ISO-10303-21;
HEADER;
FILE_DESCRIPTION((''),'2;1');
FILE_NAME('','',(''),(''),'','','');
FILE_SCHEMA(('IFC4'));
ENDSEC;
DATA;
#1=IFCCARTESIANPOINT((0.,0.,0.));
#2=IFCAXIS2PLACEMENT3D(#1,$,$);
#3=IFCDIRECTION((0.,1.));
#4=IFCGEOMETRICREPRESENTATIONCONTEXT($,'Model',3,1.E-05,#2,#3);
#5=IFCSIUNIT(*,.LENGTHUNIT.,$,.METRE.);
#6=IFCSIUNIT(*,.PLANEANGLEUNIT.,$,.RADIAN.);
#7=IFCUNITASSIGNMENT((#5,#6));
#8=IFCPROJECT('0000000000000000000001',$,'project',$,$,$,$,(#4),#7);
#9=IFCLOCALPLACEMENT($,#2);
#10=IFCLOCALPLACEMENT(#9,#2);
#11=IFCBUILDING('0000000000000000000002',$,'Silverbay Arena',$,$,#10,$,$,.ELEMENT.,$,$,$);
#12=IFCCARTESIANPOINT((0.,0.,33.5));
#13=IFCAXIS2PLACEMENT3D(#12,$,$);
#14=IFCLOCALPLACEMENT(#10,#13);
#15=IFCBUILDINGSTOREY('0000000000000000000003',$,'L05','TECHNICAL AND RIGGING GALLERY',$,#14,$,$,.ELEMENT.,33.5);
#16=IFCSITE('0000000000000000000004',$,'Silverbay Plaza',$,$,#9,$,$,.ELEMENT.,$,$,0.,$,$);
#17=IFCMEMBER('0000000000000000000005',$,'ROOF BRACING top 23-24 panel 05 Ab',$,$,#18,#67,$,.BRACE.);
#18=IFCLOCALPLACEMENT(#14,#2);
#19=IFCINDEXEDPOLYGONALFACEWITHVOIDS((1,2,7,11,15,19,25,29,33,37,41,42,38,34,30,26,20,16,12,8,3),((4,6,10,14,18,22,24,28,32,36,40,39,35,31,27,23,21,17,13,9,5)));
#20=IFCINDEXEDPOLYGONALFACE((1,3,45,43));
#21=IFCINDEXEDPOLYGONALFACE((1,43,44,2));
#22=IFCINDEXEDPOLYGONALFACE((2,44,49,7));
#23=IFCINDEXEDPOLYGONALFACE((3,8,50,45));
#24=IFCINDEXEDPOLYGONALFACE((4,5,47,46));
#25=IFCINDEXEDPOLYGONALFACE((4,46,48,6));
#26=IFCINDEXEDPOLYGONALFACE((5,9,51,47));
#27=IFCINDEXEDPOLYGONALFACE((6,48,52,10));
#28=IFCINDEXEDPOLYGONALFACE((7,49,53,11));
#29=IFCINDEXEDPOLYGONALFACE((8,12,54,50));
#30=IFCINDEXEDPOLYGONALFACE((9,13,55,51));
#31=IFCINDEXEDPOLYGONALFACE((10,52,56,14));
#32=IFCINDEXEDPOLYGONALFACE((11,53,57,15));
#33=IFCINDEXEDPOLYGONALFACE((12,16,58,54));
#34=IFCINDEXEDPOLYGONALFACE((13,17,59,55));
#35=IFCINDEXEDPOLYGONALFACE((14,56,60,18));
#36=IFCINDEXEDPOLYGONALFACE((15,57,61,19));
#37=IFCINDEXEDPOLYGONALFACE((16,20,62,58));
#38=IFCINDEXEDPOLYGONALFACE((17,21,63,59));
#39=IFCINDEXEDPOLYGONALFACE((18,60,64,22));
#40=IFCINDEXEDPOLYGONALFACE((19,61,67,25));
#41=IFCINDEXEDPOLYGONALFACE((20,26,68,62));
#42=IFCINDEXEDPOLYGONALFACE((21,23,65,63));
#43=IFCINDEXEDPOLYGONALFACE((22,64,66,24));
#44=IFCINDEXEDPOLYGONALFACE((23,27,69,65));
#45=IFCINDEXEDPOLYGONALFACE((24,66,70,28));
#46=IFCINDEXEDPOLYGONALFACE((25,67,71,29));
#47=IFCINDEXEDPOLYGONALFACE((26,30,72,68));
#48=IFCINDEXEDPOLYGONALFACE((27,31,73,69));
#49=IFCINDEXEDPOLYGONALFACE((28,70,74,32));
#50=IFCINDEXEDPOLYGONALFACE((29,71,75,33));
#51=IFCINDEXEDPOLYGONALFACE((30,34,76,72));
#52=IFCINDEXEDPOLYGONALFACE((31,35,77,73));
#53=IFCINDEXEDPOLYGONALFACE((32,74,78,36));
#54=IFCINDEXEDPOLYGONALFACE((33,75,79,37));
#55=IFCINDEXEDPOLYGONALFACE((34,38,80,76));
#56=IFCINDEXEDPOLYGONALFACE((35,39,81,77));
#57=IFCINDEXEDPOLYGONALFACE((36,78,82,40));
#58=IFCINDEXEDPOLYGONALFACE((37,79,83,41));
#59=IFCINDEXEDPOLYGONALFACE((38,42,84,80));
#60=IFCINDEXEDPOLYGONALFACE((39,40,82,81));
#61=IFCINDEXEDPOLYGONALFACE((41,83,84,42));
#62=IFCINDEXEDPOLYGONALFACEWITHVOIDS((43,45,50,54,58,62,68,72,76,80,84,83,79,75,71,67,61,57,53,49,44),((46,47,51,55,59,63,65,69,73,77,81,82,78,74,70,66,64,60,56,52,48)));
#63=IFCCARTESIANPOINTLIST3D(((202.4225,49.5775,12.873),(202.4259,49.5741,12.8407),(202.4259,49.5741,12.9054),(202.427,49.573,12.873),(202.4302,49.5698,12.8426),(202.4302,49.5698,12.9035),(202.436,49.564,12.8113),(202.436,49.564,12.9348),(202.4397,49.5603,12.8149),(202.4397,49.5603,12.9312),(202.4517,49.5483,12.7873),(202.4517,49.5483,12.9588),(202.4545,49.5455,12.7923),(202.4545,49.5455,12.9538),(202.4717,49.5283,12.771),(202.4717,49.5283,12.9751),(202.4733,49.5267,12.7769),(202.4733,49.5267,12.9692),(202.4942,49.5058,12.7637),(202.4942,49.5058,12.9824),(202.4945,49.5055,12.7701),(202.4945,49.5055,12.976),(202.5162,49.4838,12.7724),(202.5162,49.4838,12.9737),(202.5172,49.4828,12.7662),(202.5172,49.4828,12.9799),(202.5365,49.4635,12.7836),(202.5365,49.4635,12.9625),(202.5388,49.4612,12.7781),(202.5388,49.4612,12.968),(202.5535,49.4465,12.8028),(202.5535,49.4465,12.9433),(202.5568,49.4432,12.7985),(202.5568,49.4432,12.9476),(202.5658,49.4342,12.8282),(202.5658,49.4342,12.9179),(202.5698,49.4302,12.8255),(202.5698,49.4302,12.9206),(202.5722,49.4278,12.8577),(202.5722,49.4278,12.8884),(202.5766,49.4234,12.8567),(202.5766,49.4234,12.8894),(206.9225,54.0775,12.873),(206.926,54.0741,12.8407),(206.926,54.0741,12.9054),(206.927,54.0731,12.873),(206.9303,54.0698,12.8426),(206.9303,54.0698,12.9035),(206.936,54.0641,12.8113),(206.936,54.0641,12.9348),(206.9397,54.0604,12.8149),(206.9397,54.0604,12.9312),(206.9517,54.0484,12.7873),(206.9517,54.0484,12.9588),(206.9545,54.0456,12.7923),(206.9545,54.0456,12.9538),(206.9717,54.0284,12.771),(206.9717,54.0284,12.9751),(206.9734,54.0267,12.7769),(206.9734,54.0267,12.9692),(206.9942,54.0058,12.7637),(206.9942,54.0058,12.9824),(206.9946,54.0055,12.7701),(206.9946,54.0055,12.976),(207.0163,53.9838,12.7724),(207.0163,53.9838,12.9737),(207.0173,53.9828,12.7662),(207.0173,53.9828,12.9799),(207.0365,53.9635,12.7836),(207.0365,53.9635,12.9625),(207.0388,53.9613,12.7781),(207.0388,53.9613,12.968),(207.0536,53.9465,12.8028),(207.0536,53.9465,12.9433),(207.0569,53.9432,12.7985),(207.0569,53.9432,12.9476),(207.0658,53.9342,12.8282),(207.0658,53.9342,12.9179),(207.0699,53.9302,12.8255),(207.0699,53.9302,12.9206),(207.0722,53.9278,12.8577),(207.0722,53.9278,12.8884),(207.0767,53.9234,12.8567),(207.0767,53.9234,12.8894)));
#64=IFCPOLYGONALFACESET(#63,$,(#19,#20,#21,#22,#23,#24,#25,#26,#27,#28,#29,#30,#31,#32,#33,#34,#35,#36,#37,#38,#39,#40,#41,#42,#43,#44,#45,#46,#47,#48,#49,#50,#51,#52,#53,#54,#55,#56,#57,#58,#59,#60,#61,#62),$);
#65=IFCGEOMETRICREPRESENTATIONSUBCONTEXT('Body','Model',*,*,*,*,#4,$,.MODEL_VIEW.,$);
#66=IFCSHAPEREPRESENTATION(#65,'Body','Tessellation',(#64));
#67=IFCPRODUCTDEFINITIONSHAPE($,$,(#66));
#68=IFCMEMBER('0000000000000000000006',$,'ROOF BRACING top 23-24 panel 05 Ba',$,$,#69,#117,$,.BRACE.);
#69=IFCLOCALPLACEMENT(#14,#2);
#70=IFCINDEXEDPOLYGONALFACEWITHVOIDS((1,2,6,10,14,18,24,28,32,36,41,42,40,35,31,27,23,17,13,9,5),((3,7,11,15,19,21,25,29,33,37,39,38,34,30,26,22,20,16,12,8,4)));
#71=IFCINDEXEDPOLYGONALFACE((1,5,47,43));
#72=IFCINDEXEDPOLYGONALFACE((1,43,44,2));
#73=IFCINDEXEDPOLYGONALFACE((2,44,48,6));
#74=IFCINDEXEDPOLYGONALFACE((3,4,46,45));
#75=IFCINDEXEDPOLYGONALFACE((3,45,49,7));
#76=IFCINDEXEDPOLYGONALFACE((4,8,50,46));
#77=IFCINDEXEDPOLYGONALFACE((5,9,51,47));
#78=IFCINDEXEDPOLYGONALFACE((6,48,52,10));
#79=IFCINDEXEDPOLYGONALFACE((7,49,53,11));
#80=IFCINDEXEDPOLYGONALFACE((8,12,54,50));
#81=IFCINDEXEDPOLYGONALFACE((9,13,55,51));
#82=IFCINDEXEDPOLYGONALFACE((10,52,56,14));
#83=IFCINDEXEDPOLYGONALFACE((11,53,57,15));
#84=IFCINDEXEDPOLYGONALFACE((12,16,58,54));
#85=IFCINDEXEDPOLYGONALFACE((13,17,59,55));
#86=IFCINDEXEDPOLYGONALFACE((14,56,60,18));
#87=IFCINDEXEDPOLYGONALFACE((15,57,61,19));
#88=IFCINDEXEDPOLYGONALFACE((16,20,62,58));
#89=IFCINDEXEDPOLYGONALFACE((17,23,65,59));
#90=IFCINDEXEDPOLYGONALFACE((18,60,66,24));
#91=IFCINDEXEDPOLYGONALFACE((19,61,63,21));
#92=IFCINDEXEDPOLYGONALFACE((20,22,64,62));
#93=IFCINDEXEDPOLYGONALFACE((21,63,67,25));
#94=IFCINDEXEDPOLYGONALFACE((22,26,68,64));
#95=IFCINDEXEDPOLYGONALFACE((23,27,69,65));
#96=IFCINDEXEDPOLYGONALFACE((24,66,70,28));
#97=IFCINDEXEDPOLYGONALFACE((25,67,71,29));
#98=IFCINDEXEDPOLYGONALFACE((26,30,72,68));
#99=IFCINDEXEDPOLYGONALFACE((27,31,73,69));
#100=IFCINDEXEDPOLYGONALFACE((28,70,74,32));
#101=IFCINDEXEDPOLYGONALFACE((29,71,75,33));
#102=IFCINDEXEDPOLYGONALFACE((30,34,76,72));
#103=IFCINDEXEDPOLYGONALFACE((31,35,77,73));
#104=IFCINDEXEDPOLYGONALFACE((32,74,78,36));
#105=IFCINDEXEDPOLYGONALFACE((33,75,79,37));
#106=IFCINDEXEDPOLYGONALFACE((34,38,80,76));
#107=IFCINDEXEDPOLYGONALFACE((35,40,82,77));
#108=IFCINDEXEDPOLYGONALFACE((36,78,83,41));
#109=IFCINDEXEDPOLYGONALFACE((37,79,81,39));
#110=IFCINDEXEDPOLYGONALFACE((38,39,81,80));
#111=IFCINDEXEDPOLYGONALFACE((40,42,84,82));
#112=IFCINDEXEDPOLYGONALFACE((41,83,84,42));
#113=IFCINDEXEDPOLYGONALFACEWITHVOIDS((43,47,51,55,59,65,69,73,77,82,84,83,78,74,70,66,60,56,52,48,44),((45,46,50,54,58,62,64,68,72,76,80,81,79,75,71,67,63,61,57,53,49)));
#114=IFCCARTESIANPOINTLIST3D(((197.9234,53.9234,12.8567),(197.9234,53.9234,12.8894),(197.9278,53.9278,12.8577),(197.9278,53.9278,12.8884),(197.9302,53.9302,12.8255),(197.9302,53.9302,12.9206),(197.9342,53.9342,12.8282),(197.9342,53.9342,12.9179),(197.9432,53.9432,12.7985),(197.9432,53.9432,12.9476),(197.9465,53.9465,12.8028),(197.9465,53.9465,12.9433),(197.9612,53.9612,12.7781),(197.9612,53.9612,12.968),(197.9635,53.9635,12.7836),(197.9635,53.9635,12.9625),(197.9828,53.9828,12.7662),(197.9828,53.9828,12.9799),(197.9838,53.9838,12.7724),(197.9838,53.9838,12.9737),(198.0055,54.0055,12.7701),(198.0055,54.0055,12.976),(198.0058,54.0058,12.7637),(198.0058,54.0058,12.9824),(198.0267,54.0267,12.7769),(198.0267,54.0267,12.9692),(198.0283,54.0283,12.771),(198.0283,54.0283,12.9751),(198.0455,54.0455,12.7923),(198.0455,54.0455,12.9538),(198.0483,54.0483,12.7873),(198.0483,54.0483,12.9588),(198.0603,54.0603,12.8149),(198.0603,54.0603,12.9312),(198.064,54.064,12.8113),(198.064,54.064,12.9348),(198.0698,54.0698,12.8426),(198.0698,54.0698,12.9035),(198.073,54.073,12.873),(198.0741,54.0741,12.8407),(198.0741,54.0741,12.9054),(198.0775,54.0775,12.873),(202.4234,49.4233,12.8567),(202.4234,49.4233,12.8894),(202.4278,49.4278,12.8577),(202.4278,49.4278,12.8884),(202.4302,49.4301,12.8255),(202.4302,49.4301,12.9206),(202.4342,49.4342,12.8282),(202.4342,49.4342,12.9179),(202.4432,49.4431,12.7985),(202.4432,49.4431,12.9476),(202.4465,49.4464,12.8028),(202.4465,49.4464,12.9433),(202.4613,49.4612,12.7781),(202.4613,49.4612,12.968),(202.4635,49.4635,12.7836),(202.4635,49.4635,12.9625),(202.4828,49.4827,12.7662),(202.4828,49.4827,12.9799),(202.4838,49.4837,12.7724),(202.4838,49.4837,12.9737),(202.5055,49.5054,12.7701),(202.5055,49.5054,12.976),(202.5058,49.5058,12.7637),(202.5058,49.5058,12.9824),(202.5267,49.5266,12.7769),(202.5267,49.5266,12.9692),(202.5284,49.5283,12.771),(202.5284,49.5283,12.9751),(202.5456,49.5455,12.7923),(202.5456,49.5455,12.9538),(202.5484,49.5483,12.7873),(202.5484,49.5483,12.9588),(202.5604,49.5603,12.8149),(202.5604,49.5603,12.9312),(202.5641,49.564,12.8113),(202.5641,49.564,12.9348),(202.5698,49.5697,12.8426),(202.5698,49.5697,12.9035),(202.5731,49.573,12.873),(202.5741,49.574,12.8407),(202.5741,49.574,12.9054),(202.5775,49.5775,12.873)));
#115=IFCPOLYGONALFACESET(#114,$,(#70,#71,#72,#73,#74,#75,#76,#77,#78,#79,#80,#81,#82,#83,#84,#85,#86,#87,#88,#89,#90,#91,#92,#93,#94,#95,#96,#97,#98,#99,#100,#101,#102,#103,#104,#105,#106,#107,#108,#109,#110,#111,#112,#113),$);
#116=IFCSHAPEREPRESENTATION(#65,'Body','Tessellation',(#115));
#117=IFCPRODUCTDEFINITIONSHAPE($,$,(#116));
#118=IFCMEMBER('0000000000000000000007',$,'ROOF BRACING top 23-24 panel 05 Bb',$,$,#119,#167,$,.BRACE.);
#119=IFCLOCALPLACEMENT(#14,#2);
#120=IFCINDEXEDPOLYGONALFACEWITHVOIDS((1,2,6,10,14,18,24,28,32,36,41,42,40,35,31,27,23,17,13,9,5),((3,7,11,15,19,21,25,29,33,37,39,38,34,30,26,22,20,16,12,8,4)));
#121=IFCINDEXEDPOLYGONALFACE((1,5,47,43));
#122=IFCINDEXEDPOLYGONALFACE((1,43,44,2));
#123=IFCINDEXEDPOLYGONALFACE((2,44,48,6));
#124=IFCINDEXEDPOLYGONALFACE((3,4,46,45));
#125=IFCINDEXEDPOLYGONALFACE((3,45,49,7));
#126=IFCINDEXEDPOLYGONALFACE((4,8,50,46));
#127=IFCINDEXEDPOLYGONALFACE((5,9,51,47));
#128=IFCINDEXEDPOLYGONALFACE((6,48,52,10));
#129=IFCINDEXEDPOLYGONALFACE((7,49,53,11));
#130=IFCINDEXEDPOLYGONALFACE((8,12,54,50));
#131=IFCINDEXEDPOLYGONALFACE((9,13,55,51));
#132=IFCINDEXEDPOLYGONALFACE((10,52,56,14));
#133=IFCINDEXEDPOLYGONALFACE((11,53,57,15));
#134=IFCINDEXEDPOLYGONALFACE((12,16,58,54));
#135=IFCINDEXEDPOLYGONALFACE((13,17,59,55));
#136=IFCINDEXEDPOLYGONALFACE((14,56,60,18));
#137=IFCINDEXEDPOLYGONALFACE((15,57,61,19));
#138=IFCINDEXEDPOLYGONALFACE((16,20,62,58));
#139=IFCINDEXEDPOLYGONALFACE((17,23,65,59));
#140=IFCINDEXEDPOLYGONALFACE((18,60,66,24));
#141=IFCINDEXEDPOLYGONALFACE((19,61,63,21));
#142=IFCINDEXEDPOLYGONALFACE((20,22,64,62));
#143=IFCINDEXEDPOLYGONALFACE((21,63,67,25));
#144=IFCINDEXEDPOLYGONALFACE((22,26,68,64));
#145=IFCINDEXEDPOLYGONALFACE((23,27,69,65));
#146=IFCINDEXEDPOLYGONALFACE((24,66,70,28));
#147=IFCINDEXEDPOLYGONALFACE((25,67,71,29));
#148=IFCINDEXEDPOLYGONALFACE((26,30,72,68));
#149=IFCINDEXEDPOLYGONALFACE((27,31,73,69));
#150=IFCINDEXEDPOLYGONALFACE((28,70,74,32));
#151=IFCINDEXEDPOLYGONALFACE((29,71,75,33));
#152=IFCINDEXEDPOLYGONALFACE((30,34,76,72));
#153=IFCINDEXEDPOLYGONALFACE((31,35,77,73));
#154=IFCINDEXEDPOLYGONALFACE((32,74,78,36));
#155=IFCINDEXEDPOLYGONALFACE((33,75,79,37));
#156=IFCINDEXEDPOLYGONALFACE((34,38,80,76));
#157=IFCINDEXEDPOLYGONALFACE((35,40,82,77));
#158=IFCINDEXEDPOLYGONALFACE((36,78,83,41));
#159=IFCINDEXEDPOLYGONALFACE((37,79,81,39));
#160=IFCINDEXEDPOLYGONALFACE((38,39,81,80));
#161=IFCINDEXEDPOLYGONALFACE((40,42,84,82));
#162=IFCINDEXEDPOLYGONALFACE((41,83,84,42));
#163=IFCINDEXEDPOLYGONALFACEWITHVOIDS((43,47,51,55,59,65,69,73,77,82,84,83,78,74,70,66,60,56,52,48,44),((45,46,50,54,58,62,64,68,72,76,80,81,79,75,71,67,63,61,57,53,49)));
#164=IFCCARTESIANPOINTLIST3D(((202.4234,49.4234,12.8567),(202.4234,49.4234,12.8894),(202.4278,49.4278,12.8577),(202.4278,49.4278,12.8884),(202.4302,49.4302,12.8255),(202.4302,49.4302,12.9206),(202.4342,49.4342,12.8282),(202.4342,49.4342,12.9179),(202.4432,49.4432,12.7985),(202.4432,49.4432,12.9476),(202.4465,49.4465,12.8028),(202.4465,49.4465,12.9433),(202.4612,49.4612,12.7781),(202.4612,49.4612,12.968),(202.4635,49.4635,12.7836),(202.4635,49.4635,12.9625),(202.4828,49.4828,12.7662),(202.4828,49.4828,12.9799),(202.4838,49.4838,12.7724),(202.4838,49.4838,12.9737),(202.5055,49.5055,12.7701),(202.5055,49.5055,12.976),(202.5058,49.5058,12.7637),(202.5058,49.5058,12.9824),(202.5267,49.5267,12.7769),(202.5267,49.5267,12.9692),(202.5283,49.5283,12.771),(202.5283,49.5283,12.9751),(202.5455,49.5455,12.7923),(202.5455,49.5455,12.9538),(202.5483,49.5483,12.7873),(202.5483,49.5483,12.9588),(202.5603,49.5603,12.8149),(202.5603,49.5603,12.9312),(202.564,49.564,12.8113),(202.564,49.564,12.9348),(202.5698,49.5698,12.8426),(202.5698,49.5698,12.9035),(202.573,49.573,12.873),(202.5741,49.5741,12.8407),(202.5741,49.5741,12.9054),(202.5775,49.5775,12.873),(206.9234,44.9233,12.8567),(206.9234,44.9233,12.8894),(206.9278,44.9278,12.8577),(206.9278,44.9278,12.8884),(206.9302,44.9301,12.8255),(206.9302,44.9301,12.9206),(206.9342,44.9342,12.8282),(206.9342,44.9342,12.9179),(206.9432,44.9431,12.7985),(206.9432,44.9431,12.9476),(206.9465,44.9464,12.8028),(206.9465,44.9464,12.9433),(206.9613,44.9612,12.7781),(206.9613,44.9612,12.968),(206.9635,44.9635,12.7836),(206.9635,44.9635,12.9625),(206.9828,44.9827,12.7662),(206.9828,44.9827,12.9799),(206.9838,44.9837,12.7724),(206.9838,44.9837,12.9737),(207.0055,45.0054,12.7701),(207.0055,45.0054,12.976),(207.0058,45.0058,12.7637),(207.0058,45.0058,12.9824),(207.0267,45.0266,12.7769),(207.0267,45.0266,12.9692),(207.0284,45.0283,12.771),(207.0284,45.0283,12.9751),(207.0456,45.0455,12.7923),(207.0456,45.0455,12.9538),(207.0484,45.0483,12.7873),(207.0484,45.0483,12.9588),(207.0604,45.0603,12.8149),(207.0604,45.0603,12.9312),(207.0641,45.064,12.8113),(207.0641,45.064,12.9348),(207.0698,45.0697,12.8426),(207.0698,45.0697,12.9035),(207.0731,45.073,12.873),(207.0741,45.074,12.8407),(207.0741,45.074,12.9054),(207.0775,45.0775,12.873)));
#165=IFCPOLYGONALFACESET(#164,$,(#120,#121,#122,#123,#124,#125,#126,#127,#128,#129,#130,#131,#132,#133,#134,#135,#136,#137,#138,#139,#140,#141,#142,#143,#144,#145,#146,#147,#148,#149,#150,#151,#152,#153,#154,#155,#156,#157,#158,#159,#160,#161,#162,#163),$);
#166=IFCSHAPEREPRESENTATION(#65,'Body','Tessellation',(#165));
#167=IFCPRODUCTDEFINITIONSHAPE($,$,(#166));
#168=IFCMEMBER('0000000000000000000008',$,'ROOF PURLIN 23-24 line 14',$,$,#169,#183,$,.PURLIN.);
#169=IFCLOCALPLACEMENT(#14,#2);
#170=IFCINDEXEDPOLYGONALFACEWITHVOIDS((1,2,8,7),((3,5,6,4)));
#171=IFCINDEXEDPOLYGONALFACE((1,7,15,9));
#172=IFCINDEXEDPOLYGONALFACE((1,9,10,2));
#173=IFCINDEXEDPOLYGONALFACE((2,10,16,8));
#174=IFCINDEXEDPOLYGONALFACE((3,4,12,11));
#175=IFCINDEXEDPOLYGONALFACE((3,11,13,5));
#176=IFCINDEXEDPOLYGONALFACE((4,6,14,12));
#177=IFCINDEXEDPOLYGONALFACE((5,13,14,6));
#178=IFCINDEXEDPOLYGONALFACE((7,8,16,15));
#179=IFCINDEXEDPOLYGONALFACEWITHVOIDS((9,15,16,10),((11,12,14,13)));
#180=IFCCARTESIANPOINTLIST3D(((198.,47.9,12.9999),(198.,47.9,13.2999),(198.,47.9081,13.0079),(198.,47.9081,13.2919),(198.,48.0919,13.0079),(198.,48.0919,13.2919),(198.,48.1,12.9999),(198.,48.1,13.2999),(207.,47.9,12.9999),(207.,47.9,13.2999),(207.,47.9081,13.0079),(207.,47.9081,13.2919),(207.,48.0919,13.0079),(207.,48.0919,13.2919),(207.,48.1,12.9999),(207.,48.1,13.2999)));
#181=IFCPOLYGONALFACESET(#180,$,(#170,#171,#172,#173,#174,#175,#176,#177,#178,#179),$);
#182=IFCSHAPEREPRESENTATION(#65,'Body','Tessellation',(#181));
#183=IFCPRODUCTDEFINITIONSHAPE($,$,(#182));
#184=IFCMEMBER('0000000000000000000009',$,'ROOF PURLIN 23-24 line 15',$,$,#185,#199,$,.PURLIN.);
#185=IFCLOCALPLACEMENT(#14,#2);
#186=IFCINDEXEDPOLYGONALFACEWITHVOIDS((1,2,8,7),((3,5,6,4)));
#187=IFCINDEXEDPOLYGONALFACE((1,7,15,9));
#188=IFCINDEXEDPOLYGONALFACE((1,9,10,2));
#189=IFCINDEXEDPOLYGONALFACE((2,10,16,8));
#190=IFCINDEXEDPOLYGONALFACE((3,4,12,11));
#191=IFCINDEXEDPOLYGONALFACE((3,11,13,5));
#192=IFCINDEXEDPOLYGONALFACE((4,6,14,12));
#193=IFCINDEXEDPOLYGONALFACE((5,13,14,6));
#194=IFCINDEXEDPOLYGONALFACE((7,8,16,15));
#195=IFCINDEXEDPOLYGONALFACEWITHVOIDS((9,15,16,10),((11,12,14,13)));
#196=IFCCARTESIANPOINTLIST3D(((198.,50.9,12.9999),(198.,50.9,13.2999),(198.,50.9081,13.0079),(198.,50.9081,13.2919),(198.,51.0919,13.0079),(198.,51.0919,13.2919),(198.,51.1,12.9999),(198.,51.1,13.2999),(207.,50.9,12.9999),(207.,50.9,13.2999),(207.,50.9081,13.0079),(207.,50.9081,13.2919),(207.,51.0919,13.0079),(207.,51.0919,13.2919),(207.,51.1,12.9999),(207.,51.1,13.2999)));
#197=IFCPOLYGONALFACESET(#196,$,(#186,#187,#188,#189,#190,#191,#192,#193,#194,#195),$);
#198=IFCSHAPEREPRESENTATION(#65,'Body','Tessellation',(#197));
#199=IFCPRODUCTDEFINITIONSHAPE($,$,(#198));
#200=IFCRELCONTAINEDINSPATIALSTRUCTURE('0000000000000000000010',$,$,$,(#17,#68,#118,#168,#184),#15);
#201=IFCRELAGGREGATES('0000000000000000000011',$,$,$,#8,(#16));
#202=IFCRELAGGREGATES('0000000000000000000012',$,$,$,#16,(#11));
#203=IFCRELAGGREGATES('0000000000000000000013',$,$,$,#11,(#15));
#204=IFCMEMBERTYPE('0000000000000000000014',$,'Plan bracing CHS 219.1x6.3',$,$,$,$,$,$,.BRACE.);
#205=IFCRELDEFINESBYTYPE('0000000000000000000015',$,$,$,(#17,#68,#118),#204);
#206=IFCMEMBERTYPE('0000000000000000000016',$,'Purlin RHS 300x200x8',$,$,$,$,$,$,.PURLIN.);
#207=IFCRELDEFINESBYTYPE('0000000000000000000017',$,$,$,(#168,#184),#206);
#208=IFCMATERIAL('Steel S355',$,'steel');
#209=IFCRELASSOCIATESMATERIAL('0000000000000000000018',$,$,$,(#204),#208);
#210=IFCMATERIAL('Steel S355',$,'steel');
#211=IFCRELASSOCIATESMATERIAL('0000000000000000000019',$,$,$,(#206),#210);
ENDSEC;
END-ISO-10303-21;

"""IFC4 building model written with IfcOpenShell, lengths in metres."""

from ifc_helpers import new_model, si_unit, direction, frame, origin, origin_2d, place, context, subcontext, project, spatial, hollow_rectangle, hollow_circle, extrude, material, material_profile, profile_set, type_object, element, save


model = new_model("IFC4")

# Units and contexts
model_context = context("Model", 3, precision=1e-05, world=origin(), true_north=direction((0.0, 1.0)))
body_context = subcontext(model_context, "Body", "Model", "MODEL_VIEW")
ifc_project = project(units=[si_unit("LENGTHUNIT", "METRE"), si_unit("PLANEANGLEUNIT", "RADIAN")], contexts=[model_context])

# Site, building, storey
site_placement = place(None, origin())
site = spatial("IfcSite", under=ifc_project, at=site_placement, Name="Silverbay Plaza", CompositionType="ELEMENT", RefElevation=0.0)
building_placement = place(site_placement, origin())
building = spatial("IfcBuilding", under=site, at=building_placement, Name="Silverbay Arena", CompositionType="ELEMENT")
storey_placement = place(building_placement, frame((0.0, 0.0, 33.5)))
storey = spatial("IfcBuildingStorey", under=building, at=storey_placement, Name="L05", Description="TECHNICAL AND RIGGING GALLERY", CompositionType="ELEMENT", Elevation=33.5)

# Members
ifc_material_1 = material(Name="Steel S355", Category="steel")
ifc_material_profile_1 = material_profile(ifc_material_1, hollow_circle(Radius=0.1096, WallThickness=0.0063, at=origin_2d()), Name="CHS 219.1x6.3")
ifc_profile_set_1 = profile_set([ifc_material_profile_1], Name="Steel S355")
member_type_1 = type_object("IfcMemberType", Name="Plan bracing CHS 219.1x6.3", PredefinedType="BRACE", material=ifc_profile_set_1)
for number, where, z_axis, x_axis, name in (
    (1, (202.5, 49.5, 12.873), (0.707107, 0.707107, 0.0), (-0.707107, 0.707107, 0.0), "ROOF BRACING top 23-24 panel 05 Ab"),
    (2, (198.0, 54.0, 12.873), (0.707107, -0.707107, 0.0), (0.707107, 0.707107, 0.0), "ROOF BRACING top 23-24 panel 05 Ba"),
    (3, (202.5, 49.5, 12.873), (0.707107, -0.707107, 0.0), (0.707107, 0.707107, 0.0), "ROOF BRACING top 23-24 panel 05 Bb"),
):
    element("IfcMember", number, at=place(storey_placement, frame(where, z_axis=z_axis, x_axis=x_axis)), inside=storey, type_object=member_type_1, Name=name, PredefinedType="BRACE", context=body_context, shape_type="SweptSolid", body=[
        extrude(hollow_circle(Radius=0.1096, WallThickness=0.0063, at=origin_2d()), origin(), (0.0, 0.0, 1.0), 6.364),
    ])
ifc_material_2 = material(Name="Steel S355", Category="steel")
ifc_material_profile_2 = material_profile(ifc_material_2, hollow_rectangle(XDim=0.2, YDim=0.3, WallThickness=0.0081, at=origin_2d()), Name="RHS 300x200x8")
ifc_profile_set_2 = profile_set([ifc_material_profile_2], Name="Steel S355")
member_type_2 = type_object("IfcMemberType", Name="Purlin RHS 300x200x8", PredefinedType="PURLIN", material=ifc_profile_set_2)
for number, where, z_axis, x_axis, name in (
    (4, (198.0, 48.0, 13.1499), (1.0, 0.0, 0.0), (0.0, 1.0, 0.0), "ROOF PURLIN 23-24 line 14"),
    (5, (198.0, 51.0, 13.1499), (1.0, 0.0, 0.0), (0.0, 1.0, 0.0), "ROOF PURLIN 23-24 line 15"),
):
    element("IfcMember", number, at=place(storey_placement, frame(where, z_axis=z_axis, x_axis=x_axis)), inside=storey, type_object=member_type_2, Name=name, PredefinedType="PURLIN", context=body_context, shape_type="SweptSolid", body=[
        extrude(hollow_rectangle(XDim=0.2, YDim=0.3, WallThickness=0.0081, at=origin_2d()), origin(), (0.0, 0.0, 1.0), 9.0),
    ])

save(model, "model.ifc")
